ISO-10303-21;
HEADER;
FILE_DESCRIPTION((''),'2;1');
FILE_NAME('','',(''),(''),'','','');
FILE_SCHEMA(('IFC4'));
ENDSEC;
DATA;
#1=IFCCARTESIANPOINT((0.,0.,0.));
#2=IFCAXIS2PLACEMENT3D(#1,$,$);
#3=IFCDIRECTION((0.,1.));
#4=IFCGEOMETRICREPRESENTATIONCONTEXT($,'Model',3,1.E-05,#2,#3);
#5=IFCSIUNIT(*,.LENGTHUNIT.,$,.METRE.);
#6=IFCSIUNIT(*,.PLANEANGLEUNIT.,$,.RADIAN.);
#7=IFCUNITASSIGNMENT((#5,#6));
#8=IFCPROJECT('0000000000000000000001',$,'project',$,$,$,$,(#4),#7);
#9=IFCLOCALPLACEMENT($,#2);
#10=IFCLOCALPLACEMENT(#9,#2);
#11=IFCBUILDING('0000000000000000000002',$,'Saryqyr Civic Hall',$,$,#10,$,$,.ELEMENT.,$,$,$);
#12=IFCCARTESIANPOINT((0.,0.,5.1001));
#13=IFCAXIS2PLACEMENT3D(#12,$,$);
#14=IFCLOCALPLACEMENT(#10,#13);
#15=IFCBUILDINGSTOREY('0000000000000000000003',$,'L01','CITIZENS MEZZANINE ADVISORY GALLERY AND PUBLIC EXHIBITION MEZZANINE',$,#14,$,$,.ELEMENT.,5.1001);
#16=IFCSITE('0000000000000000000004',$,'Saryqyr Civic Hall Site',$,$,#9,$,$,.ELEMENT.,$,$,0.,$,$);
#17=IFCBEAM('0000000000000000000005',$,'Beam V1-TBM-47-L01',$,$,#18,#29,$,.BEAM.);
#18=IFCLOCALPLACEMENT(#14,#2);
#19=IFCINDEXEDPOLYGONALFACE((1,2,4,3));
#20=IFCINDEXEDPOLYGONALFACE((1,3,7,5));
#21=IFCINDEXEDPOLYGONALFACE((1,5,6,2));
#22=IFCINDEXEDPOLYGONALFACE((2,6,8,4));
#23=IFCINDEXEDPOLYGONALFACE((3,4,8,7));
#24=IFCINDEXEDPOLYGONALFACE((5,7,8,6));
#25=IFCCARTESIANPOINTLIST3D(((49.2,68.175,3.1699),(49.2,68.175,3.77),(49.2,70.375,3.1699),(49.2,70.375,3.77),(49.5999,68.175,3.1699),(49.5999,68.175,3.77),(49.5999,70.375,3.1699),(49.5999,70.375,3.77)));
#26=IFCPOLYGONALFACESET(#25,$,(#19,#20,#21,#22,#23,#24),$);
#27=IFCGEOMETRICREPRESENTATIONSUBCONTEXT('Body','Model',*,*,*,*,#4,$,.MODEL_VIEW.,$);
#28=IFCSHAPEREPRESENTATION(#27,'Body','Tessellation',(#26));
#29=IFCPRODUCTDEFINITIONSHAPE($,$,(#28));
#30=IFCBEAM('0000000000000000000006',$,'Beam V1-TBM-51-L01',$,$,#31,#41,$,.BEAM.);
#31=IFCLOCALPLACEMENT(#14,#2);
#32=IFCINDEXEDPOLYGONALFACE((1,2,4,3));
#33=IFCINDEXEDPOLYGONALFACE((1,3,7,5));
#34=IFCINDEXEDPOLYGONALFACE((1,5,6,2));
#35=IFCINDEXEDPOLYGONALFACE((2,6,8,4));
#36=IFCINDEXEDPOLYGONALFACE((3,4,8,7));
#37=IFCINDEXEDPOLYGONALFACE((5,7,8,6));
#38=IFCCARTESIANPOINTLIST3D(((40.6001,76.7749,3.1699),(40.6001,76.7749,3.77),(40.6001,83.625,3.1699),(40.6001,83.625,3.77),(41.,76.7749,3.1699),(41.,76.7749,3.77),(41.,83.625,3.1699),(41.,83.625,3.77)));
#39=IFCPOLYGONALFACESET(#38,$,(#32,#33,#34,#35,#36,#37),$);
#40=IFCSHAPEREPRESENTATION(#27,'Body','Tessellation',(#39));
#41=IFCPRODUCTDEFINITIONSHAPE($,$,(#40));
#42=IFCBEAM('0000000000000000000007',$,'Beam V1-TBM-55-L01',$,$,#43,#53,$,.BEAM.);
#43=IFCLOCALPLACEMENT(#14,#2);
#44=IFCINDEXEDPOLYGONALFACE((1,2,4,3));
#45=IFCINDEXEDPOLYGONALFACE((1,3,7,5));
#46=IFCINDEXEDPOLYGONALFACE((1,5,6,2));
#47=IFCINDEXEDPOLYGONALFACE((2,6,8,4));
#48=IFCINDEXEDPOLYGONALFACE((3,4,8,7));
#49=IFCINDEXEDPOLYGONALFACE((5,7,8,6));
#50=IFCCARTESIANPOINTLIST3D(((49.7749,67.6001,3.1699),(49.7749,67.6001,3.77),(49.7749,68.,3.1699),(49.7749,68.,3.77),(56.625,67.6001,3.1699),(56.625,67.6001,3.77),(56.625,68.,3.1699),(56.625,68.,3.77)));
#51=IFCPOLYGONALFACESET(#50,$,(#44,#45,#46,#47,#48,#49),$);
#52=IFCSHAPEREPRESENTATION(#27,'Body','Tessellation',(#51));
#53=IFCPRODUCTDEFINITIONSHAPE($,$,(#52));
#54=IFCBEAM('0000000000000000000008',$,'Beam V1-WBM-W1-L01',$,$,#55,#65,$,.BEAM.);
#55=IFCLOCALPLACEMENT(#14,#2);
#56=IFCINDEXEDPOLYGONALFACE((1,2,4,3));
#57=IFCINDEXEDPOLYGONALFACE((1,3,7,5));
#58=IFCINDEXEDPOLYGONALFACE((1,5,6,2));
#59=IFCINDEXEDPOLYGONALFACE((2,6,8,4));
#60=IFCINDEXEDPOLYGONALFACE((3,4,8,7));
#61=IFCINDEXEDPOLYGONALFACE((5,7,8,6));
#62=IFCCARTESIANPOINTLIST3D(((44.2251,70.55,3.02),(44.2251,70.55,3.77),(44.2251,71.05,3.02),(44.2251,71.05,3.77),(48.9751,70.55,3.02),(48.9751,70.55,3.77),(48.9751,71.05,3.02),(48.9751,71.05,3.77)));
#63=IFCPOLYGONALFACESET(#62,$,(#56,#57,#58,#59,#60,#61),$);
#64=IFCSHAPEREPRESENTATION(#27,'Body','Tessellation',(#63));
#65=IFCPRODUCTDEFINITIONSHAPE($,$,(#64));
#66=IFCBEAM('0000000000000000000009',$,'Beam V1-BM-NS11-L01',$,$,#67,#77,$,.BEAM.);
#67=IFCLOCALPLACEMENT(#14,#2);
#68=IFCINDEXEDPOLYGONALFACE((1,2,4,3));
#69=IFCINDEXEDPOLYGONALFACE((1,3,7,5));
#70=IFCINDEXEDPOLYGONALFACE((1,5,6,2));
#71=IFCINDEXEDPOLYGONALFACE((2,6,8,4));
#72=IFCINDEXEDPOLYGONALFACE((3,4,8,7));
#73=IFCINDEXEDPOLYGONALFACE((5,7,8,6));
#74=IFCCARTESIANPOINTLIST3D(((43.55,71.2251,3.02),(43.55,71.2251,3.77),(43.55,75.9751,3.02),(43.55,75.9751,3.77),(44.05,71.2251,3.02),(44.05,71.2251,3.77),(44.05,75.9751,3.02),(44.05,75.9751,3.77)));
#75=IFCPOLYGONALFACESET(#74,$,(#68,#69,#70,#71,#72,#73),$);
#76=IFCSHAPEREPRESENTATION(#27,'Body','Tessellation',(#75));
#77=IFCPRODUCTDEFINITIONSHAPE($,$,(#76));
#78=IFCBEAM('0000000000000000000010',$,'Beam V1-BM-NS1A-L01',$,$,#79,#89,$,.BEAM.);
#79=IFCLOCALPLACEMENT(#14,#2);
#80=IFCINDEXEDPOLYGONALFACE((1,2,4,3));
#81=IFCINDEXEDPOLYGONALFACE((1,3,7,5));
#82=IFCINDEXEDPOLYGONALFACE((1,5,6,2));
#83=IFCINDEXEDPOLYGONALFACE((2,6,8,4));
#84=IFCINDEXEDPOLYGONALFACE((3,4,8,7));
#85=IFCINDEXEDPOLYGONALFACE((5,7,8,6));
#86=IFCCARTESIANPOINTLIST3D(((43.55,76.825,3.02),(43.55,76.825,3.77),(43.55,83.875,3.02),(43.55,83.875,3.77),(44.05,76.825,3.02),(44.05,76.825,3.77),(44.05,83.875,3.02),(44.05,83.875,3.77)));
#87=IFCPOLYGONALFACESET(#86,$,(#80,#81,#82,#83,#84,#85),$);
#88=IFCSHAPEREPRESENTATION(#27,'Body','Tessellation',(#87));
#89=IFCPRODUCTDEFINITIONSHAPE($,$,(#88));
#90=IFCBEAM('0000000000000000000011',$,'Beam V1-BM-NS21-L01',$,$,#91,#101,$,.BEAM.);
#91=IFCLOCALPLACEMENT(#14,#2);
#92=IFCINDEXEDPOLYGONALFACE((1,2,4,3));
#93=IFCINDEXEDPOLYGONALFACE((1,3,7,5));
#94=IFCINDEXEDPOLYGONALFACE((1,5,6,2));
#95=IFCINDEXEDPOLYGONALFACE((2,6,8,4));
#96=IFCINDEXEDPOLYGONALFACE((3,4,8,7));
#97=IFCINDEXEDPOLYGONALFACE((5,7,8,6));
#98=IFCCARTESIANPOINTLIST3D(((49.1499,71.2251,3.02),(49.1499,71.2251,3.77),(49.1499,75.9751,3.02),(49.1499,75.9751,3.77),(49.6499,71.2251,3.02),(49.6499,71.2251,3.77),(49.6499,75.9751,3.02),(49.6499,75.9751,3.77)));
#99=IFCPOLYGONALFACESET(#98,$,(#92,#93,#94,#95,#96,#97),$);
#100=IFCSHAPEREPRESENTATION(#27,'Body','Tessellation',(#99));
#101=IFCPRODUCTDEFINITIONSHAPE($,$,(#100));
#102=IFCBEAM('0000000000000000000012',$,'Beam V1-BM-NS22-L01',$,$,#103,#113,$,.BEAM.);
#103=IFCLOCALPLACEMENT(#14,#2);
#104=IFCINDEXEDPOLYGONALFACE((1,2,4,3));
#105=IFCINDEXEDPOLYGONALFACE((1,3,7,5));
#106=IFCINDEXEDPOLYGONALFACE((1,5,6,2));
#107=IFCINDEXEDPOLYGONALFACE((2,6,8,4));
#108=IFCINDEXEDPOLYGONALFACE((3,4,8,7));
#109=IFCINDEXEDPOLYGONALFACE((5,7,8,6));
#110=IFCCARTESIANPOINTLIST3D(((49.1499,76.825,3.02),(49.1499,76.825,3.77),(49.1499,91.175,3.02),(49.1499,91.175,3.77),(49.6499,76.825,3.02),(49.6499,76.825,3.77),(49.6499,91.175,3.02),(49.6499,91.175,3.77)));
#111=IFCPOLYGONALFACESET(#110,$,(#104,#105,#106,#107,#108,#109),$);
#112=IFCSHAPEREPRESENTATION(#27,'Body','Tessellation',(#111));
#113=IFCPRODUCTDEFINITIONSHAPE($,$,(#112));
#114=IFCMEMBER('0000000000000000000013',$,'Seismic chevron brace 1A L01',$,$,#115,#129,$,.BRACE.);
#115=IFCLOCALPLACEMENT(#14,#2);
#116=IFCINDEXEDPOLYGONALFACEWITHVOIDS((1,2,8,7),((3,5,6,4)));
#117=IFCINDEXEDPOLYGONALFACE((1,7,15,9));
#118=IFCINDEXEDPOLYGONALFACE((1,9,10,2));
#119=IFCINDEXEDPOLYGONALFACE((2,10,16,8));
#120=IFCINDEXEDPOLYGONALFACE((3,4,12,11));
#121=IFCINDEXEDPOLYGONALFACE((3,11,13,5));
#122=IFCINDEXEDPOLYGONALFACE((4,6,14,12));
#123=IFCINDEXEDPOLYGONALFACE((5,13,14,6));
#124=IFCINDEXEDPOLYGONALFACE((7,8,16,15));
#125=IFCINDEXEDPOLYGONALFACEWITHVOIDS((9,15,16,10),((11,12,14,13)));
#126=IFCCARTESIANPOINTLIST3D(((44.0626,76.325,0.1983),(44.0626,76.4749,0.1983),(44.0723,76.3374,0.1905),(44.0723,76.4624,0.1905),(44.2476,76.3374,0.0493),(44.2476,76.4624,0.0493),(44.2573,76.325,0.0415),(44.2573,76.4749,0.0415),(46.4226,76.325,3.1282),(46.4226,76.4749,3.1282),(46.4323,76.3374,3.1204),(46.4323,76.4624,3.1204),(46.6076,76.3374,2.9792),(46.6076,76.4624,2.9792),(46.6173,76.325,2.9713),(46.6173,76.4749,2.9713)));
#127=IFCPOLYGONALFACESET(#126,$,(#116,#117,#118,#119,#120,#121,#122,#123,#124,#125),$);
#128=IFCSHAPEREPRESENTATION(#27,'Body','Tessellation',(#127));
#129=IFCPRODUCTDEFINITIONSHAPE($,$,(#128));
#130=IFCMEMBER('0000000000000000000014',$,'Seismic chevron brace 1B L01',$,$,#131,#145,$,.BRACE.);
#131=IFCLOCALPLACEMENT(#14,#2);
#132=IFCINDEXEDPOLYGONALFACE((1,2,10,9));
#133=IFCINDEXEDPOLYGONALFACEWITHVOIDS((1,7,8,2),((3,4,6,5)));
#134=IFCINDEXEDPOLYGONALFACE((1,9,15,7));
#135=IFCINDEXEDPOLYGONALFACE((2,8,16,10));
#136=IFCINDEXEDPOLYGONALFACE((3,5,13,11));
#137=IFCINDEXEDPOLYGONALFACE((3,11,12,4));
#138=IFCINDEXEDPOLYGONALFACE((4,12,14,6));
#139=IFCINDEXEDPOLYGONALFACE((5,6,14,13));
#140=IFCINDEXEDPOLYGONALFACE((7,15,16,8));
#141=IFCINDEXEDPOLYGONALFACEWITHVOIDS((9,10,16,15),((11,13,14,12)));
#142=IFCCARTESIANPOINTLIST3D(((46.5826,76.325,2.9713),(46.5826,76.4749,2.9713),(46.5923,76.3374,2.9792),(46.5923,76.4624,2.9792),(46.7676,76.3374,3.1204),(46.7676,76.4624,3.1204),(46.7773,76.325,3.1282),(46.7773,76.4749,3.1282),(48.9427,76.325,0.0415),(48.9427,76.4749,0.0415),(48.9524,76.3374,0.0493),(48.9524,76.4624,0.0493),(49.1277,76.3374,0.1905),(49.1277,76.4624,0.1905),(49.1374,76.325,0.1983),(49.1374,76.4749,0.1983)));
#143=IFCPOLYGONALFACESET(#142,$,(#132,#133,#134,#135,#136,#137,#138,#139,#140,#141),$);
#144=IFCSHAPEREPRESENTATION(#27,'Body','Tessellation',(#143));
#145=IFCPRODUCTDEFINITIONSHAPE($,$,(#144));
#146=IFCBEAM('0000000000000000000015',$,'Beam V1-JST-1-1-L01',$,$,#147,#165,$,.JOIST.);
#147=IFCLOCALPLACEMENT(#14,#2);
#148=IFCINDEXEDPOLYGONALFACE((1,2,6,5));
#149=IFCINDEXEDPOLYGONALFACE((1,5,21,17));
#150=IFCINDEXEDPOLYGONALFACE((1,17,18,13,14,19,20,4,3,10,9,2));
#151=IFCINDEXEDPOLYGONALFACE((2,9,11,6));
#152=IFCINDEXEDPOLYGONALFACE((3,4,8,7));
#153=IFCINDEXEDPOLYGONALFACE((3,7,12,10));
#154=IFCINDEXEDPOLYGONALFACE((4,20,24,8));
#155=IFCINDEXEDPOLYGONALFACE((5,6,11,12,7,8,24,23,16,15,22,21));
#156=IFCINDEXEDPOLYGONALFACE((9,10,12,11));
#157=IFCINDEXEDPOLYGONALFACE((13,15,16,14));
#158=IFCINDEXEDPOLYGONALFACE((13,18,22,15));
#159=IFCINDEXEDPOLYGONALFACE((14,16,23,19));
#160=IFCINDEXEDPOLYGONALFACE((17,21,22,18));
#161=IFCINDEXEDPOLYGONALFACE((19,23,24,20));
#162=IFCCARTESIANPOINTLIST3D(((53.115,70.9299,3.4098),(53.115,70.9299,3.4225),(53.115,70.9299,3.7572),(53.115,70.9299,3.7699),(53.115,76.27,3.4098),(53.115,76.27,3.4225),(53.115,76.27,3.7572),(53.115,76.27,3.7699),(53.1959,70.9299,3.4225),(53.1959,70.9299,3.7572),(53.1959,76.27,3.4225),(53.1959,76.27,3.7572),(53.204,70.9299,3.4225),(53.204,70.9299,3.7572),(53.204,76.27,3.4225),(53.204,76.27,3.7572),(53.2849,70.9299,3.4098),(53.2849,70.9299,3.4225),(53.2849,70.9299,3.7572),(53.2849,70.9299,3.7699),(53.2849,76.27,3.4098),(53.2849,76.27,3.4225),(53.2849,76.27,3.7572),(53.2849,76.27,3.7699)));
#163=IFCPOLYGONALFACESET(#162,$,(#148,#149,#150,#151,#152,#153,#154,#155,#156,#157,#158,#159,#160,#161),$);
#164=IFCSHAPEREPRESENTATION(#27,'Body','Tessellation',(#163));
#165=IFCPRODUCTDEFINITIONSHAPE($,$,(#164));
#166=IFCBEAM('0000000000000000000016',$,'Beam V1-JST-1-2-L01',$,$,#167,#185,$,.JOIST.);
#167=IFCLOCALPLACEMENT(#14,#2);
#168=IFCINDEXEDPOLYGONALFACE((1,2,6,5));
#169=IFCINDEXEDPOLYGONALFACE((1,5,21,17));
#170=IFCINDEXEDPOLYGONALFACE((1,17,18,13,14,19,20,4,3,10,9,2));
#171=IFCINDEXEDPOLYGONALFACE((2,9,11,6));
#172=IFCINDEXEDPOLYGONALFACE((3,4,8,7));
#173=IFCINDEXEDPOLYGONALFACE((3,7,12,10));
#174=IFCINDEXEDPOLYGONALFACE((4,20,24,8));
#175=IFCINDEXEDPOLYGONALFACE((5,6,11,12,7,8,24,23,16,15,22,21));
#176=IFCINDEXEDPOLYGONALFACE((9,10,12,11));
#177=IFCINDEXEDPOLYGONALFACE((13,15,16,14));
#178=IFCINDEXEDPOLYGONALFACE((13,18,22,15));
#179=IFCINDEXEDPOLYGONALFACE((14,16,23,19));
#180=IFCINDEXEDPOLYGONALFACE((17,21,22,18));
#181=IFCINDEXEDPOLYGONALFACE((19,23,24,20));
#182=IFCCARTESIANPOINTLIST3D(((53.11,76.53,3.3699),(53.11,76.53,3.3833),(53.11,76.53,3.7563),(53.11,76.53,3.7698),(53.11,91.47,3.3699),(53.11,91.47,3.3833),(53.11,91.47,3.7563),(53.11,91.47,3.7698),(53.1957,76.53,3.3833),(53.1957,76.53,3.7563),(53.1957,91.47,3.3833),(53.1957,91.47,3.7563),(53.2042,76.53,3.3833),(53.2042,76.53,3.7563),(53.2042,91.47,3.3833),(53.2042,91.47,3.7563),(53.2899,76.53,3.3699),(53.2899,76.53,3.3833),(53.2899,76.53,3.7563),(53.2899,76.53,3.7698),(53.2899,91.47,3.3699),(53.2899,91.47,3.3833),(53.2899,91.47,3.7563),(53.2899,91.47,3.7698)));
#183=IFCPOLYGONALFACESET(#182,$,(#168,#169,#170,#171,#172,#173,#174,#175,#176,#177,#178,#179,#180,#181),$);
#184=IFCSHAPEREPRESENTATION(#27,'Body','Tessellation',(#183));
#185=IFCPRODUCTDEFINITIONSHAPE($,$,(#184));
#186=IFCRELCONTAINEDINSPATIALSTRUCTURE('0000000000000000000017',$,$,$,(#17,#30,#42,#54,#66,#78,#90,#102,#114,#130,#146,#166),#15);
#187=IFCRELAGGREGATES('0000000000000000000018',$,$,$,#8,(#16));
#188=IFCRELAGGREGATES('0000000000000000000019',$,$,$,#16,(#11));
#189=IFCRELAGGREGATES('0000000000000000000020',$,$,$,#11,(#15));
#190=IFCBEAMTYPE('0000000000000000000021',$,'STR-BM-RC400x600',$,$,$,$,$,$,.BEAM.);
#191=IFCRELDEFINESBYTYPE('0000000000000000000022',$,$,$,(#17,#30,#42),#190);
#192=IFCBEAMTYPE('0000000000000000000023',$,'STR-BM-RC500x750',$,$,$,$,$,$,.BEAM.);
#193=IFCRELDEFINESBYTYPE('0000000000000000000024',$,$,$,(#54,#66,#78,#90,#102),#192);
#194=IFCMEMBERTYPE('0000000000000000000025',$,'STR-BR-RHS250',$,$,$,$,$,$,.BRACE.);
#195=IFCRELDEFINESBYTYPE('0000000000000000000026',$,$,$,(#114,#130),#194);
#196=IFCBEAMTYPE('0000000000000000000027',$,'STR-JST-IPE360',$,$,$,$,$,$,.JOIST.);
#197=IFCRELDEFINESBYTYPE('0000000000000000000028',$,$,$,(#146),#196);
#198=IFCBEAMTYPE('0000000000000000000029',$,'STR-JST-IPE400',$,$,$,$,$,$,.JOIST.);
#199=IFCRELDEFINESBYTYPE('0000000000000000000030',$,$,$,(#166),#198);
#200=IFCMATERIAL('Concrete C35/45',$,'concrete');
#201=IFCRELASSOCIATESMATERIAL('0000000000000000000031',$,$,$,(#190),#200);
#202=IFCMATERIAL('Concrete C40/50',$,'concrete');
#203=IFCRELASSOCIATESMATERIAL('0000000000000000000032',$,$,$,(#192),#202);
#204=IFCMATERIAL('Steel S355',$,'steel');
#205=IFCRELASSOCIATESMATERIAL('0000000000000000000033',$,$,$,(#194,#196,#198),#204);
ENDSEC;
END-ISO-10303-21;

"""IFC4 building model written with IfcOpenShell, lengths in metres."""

from ifc_helpers import new_model, si_unit, direction, frame, origin, origin_2d, place, context, subcontext, project, spatial, rectangle, hollow_rectangle, i_section, extrude, material, material_profile, profile_set, type_object, element, save


model = new_model("IFC4")

# Units and contexts
model_context = context("Model", 3, precision=1e-05, world=origin(), true_north=direction((0.0, 1.0)))
body_context = subcontext(model_context, "Body", "Model", "MODEL_VIEW")
ifc_project = project(units=[si_unit("LENGTHUNIT", "METRE"), si_unit("PLANEANGLEUNIT", "RADIAN")], contexts=[model_context])

# Site, building, storey
site_placement = place(None, origin())
site = spatial("IfcSite", under=ifc_project, at=site_placement, Name="Saryqyr Civic Hall Site", CompositionType="ELEMENT", RefElevation=0.0)
building_placement = place(site_placement, origin())
building = spatial("IfcBuilding", under=site, at=building_placement, Name="Saryqyr Civic Hall", CompositionType="ELEMENT")
storey_placement = place(building_placement, frame((0.0, 0.0, 5.1001)))
storey = spatial("IfcBuildingStorey", under=building, at=storey_placement, Name="L01", Description="CITIZENS MEZZANINE ADVISORY GALLERY AND PUBLIC EXHIBITION MEZZANINE", CompositionType="ELEMENT", Elevation=5.1001)

# Shared definitions
ifc_material_1 = material(Name="Concrete C40/50", Category="concrete")

# Beams
ifc_material_2 = material(Name="Steel S355", Category="steel")
ifc_material_3 = material(Name="Concrete C35/45", Category="concrete")
ifc_material_profile_1 = material_profile(ifc_material_3, rectangle(XDim=0.3999, YDim=0.6001, at=origin_2d()), Name="RC 400x600")
ifc_profile_set_1 = profile_set([ifc_material_profile_1], Name="Concrete C35/45")
beam_type_1 = type_object("IfcBeamType", Name="STR-BM-RC400x600", PredefinedType="BEAM", material=ifc_profile_set_1)
for number, where, z_axis, x_axis, name in (
    (1, (49.3999, 68.175, 3.47), (0.0, 1.0, 0.0), (-1.0, 0.0, 0.0), "Beam V1-TBM-47-L01"),
):
    element("IfcBeam", number, at=place(storey_placement, frame(where, z_axis=z_axis, x_axis=x_axis)), inside=storey, type_object=beam_type_1, Name=name, PredefinedType="BEAM", context=body_context, shape_type="SweptSolid", body=[
        extrude(rectangle(XDim=0.3999, YDim=0.6001, at=origin_2d()), origin(), (0.0, 0.0, 1.0), 2.2),
    ])
for number, where, z_axis, x_axis, name in (
    (2, (40.8, 76.7749, 3.47), (0.0, 1.0, 0.0), (-1.0, 0.0, 0.0), "Beam V1-TBM-51-L01"),
    (3, (49.7749, 67.8, 3.47), (1.0, 0.0, 0.0), (0.0, 1.0, 0.0), "Beam V1-TBM-55-L01"),
):
    element("IfcBeam", number, at=place(storey_placement, frame(where, z_axis=z_axis, x_axis=x_axis)), inside=storey, type_object=beam_type_1, Name=name, PredefinedType="BEAM", context=body_context, shape_type="SweptSolid", body=[
        extrude(rectangle(XDim=0.3999, YDim=0.6001, at=origin_2d()), origin(), (0.0, 0.0, 1.0), 6.8501),
    ])
ifc_material_profile_2 = material_profile(ifc_material_1, rectangle(XDim=0.5, YDim=0.75, at=origin_2d()), Name="RC 500x750")
ifc_profile_set_2 = profile_set([ifc_material_profile_2], Name="Concrete C40/50")
beam_type_2 = type_object("IfcBeamType", Name="STR-BM-RC500x750", PredefinedType="BEAM", material=ifc_profile_set_2)
for number, where, z_axis, x_axis, name in (
    (4, (44.2251, 70.8, 3.395), (1.0, 0.0, 0.0), (0.0, 1.0, 0.0), "Beam V1-WBM-W1-L01"),
    (5, (43.8, 71.2251, 3.395), (0.0, 1.0, 0.0), (-1.0, 0.0, 0.0), "Beam V1-BM-NS11-L01"),
):
    element("IfcBeam", number, at=place(storey_placement, frame(where, z_axis=z_axis, x_axis=x_axis)), inside=storey, type_object=beam_type_2, Name=name, PredefinedType="BEAM", context=body_context, shape_type="SweptSolid", body=[
        extrude(rectangle(XDim=0.5, YDim=0.75, at=origin_2d()), origin(), (0.0, 0.0, 1.0), 4.75),
    ])
beam_1_placement = place(storey_placement, frame((43.8, 76.825, 3.395), z_axis=(0.0, 1.0, 0.0), x_axis=(-1.0, 0.0, 0.0)))
element("IfcBeam", 6, at=beam_1_placement, inside=storey, type_object=beam_type_2, Name="Beam V1-BM-NS1A-L01", PredefinedType="BEAM", context=body_context, shape_type="SweptSolid", body=[
    extrude(rectangle(XDim=0.5, YDim=0.75, at=origin_2d()), origin(), (0.0, 0.0, 1.0), 7.05),
])
beam_2_placement = place(storey_placement, frame((49.3999, 71.2251, 3.395), z_axis=(0.0, 1.0, 0.0), x_axis=(-1.0, 0.0, 0.0)))
element("IfcBeam", 7, at=beam_2_placement, inside=storey, type_object=beam_type_2, Name="Beam V1-BM-NS21-L01", PredefinedType="BEAM", context=body_context, shape_type="SweptSolid", body=[
    extrude(rectangle(XDim=0.5, YDim=0.75, at=origin_2d()), origin(), (0.0, 0.0, 1.0), 4.75),
])
beam_3_placement = place(storey_placement, frame((49.3999, 76.825, 3.395), z_axis=(0.0, 1.0, 0.0), x_axis=(-1.0, 0.0, 0.0)))
element("IfcBeam", 8, at=beam_3_placement, inside=storey, type_object=beam_type_2, Name="Beam V1-BM-NS22-L01", PredefinedType="BEAM", context=body_context, shape_type="SweptSolid", body=[
    extrude(rectangle(XDim=0.5, YDim=0.75, at=origin_2d()), origin(), (0.0, 0.0, 1.0), 14.3501),
])

# Members
ifc_material_profile_3 = material_profile(ifc_material_2, hollow_rectangle(XDim=0.1499, YDim=0.25, WallThickness=0.0125, at=origin_2d()), Name="RHS 250x150x12.5")
ifc_profile_set_3 = profile_set([ifc_material_profile_3], Name="Steel S355")
member_type = type_object("IfcMemberType", Name="STR-BR-RHS250", PredefinedType="BRACE", material=ifc_profile_set_3)
for number, where, z_axis, x_axis, name in (
    (9, (44.1599, 76.3999, 0.1199), (0.627311, 0.0, 0.778769), (0.0, 1.0, 0.0), "Seismic chevron brace 1A L01"),
    (10, (49.04, 76.3999, 0.1199), (-0.627311, 0.0, 0.778769), (0.0, -1.0, 0.0), "Seismic chevron brace 1B L01"),
):
    element("IfcMember", number, at=place(storey_placement, frame(where, z_axis=z_axis, x_axis=x_axis)), inside=storey, type_object=member_type, Name=name, PredefinedType="BRACE", context=body_context, shape_type="SweptSolid", body=[
        extrude(hollow_rectangle(XDim=0.1499, YDim=0.25, WallThickness=0.0125, at=origin_2d()), origin(), (0.0, 0.0, 1.0), 3.7622),
    ])

# Beams
ifc_material_profile_4 = material_profile(ifc_material_2, i_section(OverallWidth=0.1699, OverallDepth=0.3601, WebThickness=0.0081, FlangeThickness=0.0127, at=origin_2d()), Name="IPE 360")
ifc_profile_set_4 = profile_set([ifc_material_profile_4], Name="Steel S355")
beam_type_3 = type_object("IfcBeamType", Name="STR-JST-IPE360", PredefinedType="JOIST", material=ifc_profile_set_4)
beam_4_placement = place(storey_placement, frame((53.2, 70.9299, 3.5898), z_axis=(0.0, 1.0, 0.0), x_axis=(-1.0, 0.0, 0.0)))
element("IfcBeam", 11, at=beam_4_placement, inside=storey, type_object=beam_type_3, Name="Beam V1-JST-1-1-L01", PredefinedType="JOIST", context=body_context, shape_type="SweptSolid", body=[
    extrude(i_section(OverallWidth=0.1699, OverallDepth=0.3601, WebThickness=0.0081, FlangeThickness=0.0127, at=origin_2d()), origin(), (0.0, 0.0, 1.0), 5.3401),
])
ifc_material_profile_5 = material_profile(ifc_material_2, i_section(OverallWidth=0.1799, OverallDepth=0.3999, WebThickness=0.0085, FlangeThickness=0.0134, at=origin_2d()), Name="IPE 400")
ifc_profile_set_5 = profile_set([ifc_material_profile_5], Name="Steel S355")
beam_type_4 = type_object("IfcBeamType", Name="STR-JST-IPE400", PredefinedType="JOIST", material=ifc_profile_set_5)
beam_5_placement = place(storey_placement, frame((53.2, 76.53, 3.5698), z_axis=(0.0, 1.0, 0.0), x_axis=(-1.0, 0.0, 0.0)))
element("IfcBeam", 12, at=beam_5_placement, inside=storey, type_object=beam_type_4, Name="Beam V1-JST-1-2-L01", PredefinedType="JOIST", context=body_context, shape_type="SweptSolid", body=[
    extrude(i_section(OverallWidth=0.1799, OverallDepth=0.3999, WebThickness=0.0085, FlangeThickness=0.0134, at=origin_2d()), origin(), (0.0, 0.0, 1.0), 14.9399),
])

save(model, "model.ifc")
